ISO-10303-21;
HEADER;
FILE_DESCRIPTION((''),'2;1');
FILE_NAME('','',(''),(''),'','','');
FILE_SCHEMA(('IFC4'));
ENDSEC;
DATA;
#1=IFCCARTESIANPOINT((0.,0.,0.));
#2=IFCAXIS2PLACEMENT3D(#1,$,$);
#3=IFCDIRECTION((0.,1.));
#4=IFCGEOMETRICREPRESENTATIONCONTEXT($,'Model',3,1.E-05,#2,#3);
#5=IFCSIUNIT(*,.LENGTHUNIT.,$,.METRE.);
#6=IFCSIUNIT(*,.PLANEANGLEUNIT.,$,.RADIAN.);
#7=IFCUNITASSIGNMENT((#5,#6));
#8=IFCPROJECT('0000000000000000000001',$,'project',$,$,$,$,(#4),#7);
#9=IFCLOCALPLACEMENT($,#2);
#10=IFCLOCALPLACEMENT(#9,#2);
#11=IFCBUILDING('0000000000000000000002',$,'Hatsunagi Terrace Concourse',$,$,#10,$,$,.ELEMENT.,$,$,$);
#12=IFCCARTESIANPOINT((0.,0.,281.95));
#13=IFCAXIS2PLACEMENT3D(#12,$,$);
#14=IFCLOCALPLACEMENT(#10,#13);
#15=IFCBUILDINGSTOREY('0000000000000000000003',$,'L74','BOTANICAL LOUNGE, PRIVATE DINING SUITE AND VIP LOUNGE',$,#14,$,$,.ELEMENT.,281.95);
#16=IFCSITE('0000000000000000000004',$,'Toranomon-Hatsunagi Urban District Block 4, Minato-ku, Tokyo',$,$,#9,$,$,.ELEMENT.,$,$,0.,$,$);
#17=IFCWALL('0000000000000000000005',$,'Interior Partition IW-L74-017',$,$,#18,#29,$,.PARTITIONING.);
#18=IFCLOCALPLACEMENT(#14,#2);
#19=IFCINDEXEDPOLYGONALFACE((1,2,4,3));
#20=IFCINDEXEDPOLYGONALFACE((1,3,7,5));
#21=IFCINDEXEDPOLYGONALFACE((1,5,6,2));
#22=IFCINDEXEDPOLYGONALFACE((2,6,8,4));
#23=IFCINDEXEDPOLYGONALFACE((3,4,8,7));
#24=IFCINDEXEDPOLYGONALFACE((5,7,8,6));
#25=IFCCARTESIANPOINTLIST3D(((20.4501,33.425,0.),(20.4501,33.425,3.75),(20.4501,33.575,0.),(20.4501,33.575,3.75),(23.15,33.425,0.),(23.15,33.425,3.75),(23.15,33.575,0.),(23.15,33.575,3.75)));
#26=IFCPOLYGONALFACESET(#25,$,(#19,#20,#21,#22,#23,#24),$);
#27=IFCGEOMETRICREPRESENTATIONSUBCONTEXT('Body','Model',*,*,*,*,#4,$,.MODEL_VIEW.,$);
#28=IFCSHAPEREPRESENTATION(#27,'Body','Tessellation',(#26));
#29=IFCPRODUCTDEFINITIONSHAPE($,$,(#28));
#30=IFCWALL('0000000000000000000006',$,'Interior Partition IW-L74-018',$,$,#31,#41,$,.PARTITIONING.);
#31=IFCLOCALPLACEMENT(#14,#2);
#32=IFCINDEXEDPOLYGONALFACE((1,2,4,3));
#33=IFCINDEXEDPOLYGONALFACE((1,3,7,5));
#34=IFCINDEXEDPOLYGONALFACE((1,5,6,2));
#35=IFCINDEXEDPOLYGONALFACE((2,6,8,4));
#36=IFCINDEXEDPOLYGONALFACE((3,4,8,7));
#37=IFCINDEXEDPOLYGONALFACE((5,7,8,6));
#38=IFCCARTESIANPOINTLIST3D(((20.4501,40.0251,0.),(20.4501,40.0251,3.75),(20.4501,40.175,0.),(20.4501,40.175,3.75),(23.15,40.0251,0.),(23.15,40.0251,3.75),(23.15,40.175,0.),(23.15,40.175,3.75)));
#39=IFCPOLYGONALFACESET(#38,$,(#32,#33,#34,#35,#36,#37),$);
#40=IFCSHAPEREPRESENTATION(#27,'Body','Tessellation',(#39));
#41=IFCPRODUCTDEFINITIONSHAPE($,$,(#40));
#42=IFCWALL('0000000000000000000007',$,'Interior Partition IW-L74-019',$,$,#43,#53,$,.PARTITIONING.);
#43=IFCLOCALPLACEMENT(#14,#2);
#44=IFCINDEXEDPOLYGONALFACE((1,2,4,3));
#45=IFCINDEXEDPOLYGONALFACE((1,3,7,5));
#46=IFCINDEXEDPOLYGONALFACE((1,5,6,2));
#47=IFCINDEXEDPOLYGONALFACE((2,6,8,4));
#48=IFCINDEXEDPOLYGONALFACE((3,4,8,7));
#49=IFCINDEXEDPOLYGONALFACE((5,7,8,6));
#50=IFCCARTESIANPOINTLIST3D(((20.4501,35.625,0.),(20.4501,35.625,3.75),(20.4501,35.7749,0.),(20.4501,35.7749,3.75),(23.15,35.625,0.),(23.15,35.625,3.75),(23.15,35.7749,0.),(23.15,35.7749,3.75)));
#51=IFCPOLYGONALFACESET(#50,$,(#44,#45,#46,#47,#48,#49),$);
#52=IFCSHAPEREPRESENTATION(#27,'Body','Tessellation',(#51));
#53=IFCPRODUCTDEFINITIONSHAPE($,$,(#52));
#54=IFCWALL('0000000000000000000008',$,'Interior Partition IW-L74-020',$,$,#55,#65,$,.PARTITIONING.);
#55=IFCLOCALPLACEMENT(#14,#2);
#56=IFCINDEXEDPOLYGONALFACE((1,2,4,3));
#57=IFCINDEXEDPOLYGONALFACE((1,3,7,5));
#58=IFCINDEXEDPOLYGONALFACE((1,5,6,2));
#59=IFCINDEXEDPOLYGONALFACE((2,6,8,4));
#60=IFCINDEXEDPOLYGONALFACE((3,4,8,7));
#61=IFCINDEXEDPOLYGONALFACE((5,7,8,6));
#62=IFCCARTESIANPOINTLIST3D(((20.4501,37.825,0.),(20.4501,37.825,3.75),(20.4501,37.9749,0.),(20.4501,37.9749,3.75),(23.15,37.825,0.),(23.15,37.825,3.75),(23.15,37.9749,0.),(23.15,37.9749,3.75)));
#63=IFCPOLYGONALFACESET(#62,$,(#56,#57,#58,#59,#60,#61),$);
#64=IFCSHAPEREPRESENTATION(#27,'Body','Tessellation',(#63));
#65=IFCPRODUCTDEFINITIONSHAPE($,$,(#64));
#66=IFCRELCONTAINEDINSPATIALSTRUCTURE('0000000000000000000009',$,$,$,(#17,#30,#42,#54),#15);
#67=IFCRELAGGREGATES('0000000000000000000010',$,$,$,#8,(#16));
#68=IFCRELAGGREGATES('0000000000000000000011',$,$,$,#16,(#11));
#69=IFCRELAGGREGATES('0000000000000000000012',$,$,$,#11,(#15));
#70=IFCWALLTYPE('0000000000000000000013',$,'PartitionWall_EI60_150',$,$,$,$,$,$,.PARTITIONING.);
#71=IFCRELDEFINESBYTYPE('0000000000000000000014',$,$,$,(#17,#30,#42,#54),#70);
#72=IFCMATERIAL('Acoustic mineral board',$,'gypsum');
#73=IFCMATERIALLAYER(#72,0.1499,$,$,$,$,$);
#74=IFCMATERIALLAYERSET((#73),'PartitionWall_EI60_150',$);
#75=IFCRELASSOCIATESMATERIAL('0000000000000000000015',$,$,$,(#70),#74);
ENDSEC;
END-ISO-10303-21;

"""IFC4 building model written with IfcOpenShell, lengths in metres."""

from ifc_helpers import new_model, si_unit, direction, frame, frame_2d, origin, place, context, subcontext, project, spatial, rectangle, extrude, material, layer, layer_set, type_object, element, save


model = new_model("IFC4")

# Units and contexts
model_context = context("Model", 3, precision=1e-05, world=origin(), true_north=direction((0.0, 1.0)))
body_context = subcontext(model_context, "Body", "Model", "MODEL_VIEW")
ifc_project = project(units=[si_unit("LENGTHUNIT", "METRE"), si_unit("PLANEANGLEUNIT", "RADIAN")], contexts=[model_context])

# Site, building, storey
site_placement = place(None, origin())
site = spatial("IfcSite", under=ifc_project, at=site_placement, Name="Toranomon-Hatsunagi Urban District Block 4, Minato-ku, Tokyo", CompositionType="ELEMENT", RefElevation=0.0)
building_placement = place(site_placement, origin())
building = spatial("IfcBuilding", under=site, at=building_placement, Name="Hatsunagi Terrace Concourse", CompositionType="ELEMENT")
storey_placement = place(building_placement, frame((0.0, 0.0, 281.95)))
storey = spatial("IfcBuildingStorey", under=building, at=storey_placement, Name="L74", Description="BOTANICAL LOUNGE, PRIVATE DINING SUITE AND VIP LOUNGE", CompositionType="ELEMENT", Elevation=281.95)

# Walls
ifc_material_1 = material(Name="Acoustic mineral board", Category="gypsum")
ifc_layer_1 = layer(ifc_material_1, 0.1499)
ifc_layer_set_1 = layer_set([ifc_layer_1], Name="PartitionWall_EI60_150")
wall_type = type_object("IfcWallType", Name="PartitionWall_EI60_150", PredefinedType="PARTITIONING", material=ifc_layer_set_1)
for number, where, z_axis, x_axis, name in (
    (1, (20.45, 33.5, 0.0), (0.0, 0.0, 1.0), (1.0, 0.0, 0.0), "Interior Partition IW-L74-017"),
    (2, (20.45, 40.1001, 0.0), (0.0, 0.0, 1.0), (1.0, 0.0, 0.0), "Interior Partition IW-L74-018"),
    (3, (20.45, 35.7, 0.0), (0.0, 0.0, 1.0), (1.0, 0.0, 0.0), "Interior Partition IW-L74-019"),
    (4, (20.45, 37.8999, 0.0), (0.0, 0.0, 1.0), (1.0, 0.0, 0.0), "Interior Partition IW-L74-020"),
):
    element("IfcWall", number, at=place(storey_placement, frame(where, z_axis=z_axis, x_axis=x_axis)), inside=storey, type_object=wall_type, Name=name, PredefinedType="PARTITIONING", context=body_context, shape_type="SweptSolid", body=[
        extrude(rectangle(XDim=2.7, YDim=0.1499, at=frame_2d((1.3501, 0.0))), origin(), (0.0, 0.0, 1.0), 3.75),
    ])

save(model, "model.ifc")
